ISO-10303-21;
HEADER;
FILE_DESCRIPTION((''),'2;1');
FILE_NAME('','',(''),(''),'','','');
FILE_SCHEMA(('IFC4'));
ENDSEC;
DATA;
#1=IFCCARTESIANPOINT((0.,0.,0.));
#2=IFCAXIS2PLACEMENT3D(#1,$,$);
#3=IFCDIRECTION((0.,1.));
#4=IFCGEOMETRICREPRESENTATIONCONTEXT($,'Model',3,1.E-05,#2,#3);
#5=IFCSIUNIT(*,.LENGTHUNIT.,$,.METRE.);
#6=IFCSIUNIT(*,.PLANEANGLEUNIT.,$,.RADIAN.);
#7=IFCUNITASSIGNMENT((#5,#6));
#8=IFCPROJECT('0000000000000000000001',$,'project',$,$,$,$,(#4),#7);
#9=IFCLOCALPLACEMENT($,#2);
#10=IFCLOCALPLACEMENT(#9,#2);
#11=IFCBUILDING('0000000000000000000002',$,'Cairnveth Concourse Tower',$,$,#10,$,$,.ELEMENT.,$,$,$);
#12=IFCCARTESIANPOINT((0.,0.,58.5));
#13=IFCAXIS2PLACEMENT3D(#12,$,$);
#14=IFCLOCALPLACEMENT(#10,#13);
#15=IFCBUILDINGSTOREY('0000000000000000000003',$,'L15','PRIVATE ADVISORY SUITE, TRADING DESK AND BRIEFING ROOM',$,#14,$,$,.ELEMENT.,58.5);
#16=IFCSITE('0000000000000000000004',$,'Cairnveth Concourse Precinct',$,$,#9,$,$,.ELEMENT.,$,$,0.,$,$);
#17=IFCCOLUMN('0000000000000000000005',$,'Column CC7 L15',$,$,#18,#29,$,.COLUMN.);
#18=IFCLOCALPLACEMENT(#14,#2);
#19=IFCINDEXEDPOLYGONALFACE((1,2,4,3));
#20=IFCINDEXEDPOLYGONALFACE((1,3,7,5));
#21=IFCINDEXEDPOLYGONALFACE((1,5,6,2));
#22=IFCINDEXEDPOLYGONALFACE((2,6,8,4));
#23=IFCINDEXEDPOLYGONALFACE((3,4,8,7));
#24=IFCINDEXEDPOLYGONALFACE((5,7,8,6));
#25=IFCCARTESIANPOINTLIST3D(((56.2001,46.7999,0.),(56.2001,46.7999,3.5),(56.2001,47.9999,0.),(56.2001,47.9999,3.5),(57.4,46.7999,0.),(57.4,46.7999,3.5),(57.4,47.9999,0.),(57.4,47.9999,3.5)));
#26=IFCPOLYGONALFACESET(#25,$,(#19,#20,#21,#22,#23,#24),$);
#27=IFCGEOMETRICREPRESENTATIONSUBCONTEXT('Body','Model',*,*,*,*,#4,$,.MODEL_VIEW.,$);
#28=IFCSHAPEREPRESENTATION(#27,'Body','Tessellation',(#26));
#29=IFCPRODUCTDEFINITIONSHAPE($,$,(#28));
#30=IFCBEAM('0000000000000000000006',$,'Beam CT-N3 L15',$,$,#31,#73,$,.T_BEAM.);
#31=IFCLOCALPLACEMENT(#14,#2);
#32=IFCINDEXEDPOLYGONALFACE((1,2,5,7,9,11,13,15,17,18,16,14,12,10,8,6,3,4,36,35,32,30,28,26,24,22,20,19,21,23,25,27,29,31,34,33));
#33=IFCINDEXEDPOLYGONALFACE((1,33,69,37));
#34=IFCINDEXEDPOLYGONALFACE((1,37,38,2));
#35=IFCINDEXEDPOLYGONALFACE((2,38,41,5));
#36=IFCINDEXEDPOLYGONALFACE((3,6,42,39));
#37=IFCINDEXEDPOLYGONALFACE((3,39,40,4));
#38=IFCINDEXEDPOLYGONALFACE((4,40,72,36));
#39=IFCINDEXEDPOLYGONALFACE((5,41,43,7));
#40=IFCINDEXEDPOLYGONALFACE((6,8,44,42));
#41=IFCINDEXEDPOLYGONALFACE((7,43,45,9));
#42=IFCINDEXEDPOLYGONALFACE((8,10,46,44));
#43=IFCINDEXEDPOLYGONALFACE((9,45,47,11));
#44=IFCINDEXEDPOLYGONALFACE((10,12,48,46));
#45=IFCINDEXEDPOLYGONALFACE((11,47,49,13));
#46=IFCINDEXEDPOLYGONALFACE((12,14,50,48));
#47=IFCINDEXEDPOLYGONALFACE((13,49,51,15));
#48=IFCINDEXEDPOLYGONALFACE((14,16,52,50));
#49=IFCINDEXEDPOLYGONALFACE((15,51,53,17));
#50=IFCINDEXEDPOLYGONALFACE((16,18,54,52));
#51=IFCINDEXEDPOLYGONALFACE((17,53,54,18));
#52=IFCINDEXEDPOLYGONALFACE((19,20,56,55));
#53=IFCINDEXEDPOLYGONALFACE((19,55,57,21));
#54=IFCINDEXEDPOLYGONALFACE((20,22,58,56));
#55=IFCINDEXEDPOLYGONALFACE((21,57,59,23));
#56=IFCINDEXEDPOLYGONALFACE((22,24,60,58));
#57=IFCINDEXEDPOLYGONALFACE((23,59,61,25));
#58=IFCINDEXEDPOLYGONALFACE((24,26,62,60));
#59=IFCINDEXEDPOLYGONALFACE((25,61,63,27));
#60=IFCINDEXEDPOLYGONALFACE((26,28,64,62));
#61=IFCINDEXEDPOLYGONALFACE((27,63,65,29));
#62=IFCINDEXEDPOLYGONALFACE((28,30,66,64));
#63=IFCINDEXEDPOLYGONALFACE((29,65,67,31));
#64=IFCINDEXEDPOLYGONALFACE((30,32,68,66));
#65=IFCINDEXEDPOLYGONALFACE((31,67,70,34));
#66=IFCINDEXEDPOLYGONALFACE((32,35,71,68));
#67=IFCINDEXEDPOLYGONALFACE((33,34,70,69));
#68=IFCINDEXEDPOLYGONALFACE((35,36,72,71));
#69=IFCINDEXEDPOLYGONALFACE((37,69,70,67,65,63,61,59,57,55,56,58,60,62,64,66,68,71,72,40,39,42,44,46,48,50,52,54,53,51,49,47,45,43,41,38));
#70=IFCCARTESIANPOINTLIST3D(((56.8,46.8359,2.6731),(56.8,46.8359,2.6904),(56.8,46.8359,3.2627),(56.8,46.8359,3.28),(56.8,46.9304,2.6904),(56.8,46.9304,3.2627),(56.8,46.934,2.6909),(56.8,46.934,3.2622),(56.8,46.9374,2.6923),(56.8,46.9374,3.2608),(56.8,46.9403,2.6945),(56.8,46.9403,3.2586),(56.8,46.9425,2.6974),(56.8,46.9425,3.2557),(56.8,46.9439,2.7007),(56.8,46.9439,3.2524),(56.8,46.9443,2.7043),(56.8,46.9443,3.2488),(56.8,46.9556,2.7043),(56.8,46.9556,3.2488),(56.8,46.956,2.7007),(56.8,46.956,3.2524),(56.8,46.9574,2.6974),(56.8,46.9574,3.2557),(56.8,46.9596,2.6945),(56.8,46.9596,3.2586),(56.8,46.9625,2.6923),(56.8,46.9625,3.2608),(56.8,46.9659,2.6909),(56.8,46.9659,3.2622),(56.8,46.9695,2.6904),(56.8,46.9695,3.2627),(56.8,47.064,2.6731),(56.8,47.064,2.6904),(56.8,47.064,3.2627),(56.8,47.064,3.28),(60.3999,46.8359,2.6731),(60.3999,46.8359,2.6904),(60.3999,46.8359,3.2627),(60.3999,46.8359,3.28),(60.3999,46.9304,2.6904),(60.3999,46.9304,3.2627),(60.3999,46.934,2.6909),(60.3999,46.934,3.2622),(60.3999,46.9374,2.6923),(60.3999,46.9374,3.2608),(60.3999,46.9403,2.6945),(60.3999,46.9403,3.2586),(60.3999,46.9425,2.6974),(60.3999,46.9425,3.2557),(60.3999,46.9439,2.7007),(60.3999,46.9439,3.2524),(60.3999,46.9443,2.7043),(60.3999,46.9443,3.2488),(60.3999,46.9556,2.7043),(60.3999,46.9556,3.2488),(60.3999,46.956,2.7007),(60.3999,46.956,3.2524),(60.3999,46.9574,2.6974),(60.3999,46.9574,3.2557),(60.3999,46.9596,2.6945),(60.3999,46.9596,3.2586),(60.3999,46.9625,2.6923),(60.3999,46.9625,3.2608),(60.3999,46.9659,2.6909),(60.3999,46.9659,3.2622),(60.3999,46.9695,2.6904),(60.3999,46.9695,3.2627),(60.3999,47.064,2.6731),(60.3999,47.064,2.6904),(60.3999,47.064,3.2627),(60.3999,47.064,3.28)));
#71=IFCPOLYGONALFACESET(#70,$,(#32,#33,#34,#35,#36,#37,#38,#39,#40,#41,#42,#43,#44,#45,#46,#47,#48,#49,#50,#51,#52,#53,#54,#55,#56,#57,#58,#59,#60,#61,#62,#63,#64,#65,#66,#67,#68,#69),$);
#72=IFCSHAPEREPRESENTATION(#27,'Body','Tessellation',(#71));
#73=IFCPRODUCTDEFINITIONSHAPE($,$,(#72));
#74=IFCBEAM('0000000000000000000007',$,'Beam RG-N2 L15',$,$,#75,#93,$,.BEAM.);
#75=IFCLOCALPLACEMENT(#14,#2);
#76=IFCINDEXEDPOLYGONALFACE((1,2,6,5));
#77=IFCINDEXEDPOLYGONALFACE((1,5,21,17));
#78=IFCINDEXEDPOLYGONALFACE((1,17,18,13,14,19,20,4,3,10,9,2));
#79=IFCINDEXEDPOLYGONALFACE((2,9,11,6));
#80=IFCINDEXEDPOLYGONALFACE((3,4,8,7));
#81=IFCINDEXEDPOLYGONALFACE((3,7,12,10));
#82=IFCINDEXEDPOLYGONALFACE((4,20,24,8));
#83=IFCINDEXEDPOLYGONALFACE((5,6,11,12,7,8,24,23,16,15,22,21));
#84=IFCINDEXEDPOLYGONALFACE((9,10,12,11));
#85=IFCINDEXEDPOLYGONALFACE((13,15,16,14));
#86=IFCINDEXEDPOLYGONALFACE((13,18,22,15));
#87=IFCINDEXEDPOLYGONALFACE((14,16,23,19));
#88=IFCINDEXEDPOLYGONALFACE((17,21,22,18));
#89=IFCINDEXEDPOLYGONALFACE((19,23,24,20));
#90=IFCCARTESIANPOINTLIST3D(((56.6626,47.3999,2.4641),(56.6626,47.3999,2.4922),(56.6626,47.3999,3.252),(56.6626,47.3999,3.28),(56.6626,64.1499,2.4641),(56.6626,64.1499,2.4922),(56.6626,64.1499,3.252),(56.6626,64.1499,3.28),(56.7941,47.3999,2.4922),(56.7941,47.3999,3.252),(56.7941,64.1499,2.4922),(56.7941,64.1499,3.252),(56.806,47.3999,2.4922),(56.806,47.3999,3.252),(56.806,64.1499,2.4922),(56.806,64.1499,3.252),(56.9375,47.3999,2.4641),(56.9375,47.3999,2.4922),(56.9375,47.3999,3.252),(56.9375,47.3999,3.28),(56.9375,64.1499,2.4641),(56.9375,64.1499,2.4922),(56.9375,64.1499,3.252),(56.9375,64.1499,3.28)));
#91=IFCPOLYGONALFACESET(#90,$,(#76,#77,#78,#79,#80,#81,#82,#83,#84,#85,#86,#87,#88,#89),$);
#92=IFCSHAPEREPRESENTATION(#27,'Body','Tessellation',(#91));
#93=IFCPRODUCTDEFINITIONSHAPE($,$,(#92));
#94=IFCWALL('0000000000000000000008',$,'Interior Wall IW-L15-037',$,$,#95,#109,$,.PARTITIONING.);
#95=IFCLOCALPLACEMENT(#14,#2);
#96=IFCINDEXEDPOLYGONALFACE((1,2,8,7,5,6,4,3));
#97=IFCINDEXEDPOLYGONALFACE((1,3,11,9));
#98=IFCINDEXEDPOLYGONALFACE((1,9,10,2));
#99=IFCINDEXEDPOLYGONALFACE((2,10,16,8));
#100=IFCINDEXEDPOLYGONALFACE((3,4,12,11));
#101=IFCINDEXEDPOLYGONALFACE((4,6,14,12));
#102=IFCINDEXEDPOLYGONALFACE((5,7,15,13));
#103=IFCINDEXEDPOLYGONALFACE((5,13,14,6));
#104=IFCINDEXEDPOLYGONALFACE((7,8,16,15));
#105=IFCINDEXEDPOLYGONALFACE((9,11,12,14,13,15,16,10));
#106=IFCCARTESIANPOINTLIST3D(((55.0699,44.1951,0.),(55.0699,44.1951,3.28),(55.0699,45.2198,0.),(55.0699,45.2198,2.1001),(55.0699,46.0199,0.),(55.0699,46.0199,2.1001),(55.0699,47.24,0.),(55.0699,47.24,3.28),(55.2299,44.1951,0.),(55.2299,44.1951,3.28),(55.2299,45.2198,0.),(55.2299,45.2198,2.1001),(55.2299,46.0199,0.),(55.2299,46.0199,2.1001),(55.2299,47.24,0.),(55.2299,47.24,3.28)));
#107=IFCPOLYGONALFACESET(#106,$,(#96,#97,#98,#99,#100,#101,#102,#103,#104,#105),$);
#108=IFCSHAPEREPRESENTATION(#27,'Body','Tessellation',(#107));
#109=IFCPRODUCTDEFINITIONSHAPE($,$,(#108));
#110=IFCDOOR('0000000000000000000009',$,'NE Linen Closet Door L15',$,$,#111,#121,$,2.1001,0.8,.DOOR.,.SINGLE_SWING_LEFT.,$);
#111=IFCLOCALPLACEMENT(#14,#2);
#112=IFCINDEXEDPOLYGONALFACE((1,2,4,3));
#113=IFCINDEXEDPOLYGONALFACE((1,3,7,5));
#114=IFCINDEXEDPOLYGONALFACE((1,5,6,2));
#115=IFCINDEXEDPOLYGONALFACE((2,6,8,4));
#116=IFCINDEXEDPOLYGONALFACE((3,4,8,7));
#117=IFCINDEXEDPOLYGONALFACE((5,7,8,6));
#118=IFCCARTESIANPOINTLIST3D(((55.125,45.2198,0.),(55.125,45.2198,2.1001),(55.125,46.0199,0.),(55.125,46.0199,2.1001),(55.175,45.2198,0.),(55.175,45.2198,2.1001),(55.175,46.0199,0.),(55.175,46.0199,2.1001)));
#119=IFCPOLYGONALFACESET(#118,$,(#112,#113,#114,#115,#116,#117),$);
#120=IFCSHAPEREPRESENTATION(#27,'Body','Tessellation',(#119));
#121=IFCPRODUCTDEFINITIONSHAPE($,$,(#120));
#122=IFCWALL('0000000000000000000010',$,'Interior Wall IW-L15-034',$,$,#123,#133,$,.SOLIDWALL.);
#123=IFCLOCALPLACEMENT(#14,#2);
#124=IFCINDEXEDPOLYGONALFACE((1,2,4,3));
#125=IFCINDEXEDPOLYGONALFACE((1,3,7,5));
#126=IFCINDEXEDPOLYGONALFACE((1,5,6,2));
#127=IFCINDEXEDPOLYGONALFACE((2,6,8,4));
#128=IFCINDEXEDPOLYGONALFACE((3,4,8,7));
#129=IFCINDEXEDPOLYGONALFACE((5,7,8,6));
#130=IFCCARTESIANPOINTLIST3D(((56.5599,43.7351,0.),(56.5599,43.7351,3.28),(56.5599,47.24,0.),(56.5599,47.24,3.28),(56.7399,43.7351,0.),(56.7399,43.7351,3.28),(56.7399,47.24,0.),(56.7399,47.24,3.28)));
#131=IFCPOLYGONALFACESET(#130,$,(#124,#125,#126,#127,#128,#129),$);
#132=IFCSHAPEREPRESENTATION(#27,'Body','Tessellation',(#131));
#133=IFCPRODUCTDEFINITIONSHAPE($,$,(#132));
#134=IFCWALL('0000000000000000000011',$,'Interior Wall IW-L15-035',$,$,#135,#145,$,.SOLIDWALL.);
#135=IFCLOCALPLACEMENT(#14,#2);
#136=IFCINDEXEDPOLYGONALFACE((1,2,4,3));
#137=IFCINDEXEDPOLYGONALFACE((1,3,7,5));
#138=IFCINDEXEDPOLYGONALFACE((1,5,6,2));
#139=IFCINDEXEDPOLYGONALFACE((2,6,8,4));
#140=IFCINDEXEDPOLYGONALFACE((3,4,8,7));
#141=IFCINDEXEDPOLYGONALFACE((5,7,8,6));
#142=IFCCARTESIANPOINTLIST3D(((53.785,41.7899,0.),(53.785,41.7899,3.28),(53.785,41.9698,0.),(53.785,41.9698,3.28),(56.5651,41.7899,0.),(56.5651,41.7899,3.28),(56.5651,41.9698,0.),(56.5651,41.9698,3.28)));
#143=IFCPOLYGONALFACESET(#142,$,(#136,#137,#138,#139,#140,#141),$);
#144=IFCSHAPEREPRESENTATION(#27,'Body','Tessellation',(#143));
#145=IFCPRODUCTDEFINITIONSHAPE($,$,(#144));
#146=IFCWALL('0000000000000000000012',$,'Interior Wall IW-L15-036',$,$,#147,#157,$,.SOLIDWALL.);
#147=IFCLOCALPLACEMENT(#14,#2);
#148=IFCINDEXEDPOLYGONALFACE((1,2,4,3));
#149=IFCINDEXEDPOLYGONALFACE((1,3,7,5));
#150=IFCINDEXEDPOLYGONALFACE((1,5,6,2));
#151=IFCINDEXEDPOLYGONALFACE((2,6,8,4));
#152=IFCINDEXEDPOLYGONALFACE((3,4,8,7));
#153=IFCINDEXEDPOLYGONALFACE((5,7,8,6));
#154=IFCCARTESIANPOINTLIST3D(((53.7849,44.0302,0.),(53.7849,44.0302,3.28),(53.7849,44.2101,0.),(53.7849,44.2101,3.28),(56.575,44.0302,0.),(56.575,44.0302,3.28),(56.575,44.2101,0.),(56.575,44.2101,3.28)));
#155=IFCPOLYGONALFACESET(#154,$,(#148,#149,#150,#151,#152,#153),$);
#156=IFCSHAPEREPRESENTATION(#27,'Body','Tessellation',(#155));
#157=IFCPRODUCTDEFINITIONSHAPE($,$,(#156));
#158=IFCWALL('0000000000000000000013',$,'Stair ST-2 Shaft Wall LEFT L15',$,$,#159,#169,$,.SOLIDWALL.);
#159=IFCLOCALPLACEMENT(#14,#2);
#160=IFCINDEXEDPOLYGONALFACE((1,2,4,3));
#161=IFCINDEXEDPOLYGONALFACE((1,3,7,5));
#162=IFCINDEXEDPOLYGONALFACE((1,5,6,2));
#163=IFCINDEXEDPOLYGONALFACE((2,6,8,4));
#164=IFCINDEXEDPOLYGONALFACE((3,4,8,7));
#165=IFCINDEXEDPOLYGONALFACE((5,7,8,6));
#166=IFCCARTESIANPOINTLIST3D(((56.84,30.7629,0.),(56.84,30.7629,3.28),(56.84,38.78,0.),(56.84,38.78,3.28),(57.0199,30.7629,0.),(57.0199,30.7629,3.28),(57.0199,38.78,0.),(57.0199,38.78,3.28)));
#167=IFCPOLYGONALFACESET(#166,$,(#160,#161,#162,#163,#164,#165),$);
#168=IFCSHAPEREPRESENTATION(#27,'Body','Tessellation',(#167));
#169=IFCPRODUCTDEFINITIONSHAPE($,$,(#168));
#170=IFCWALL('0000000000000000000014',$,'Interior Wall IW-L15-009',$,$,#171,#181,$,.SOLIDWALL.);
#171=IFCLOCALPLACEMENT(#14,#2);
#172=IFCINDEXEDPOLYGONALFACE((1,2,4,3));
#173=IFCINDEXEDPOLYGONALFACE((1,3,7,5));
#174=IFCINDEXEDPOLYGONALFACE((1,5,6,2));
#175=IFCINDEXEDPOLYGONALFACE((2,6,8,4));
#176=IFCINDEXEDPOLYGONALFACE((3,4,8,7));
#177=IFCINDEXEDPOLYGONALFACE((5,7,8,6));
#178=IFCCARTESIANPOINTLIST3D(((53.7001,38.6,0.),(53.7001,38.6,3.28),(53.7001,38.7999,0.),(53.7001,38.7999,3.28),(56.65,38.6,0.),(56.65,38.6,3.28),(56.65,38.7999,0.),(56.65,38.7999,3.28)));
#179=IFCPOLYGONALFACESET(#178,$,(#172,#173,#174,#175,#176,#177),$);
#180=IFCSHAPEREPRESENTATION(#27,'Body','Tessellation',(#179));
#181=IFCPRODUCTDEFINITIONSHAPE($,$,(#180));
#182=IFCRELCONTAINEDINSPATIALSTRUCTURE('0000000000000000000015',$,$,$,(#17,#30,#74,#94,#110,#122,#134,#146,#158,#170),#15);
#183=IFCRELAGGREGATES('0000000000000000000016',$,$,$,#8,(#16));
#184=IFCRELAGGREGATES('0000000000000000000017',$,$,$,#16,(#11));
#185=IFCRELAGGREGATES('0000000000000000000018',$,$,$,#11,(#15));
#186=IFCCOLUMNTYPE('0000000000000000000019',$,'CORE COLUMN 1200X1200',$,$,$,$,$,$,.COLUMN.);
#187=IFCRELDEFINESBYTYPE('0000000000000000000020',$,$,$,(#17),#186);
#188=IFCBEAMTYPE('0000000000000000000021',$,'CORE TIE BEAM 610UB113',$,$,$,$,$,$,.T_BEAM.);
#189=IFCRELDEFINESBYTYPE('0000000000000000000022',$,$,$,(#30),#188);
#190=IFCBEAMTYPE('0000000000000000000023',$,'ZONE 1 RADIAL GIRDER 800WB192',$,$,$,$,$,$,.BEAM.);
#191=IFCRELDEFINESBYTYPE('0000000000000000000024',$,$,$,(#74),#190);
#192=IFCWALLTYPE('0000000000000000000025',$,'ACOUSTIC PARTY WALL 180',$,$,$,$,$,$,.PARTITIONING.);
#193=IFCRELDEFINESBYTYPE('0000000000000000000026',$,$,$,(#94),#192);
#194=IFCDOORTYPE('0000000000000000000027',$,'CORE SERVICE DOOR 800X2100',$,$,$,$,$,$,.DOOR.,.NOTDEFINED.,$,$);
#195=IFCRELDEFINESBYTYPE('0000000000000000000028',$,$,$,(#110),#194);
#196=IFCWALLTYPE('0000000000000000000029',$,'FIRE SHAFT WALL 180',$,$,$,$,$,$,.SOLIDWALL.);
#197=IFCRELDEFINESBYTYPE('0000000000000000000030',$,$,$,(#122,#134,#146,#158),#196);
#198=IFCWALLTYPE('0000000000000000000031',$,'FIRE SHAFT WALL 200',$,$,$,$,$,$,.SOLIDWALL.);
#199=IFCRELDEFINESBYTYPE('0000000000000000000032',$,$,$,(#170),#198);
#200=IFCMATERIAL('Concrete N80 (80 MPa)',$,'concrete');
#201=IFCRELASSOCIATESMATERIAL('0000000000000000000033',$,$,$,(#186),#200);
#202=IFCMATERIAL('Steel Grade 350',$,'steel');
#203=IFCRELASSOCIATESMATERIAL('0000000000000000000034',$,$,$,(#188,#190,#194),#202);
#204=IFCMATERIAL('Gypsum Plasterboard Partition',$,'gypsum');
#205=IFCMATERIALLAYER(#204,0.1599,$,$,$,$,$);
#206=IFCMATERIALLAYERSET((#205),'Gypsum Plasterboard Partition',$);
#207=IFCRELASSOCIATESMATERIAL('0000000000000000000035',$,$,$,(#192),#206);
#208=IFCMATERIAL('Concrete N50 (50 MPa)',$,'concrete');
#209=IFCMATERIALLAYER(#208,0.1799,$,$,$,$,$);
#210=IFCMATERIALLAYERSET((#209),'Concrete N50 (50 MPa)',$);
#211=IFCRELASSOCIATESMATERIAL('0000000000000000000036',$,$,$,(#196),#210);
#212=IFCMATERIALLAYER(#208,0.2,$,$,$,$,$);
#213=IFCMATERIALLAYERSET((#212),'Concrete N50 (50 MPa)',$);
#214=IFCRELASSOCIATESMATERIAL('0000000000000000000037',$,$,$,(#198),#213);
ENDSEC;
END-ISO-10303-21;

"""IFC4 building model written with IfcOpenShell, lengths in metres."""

from ifc_helpers import new_model, si_unit, direction, frame, frame_2d, origin, origin_2d, place, context, subcontext, project, spatial, rectangle, i_section, extrude, material, layer, layer_set, material_profile, profile_set, type_object, element, fill, save


model = new_model("IFC4")

# Units and contexts
model_context = context("Model", 3, precision=1e-05, world=origin(), true_north=direction((0.0, 1.0)))
body_context = subcontext(model_context, "Body", "Model", "MODEL_VIEW")
ifc_project = project(units=[si_unit("LENGTHUNIT", "METRE"), si_unit("PLANEANGLEUNIT", "RADIAN")], contexts=[model_context])

# Site, building, storey
site_placement = place(None, origin())
site = spatial("IfcSite", under=ifc_project, at=site_placement, Name="Cairnveth Concourse Precinct", CompositionType="ELEMENT", RefElevation=0.0)
building_placement = place(site_placement, origin())
building = spatial("IfcBuilding", under=site, at=building_placement, Name="Cairnveth Concourse Tower", CompositionType="ELEMENT")
storey_placement = place(building_placement, frame((0.0, 0.0, 58.5)))
storey = spatial("IfcBuildingStorey", under=building, at=storey_placement, Name="L15", Description="PRIVATE ADVISORY SUITE, TRADING DESK AND BRIEFING ROOM", CompositionType="ELEMENT", Elevation=58.5)

# Column
ifc_material_1 = material(Name="Concrete N80 (80 MPa)", Category="concrete")
ifc_material_profile_1 = material_profile(ifc_material_1, rectangle(XDim=1.2, YDim=1.2, at=origin_2d()), Name="RC-COL-1200x1200")
ifc_profile_set_1 = profile_set([ifc_material_profile_1], Name="Concrete N80 (80 MPa)")
column_type = type_object("IfcColumnType", Name="CORE COLUMN 1200X1200", PredefinedType="COLUMN", material=ifc_profile_set_1)
column_placement = place(storey_placement, frame((56.8, 47.3999, 0.0), z_axis=(0.0, 0.0, 1.0), x_axis=(1.0, 0.0, 0.0)))
element("IfcColumn", 1, at=column_placement, inside=storey, type_object=column_type, Name="Column CC7 L15", PredefinedType="COLUMN", context=body_context, shape_type="SweptSolid", body=[
    extrude(rectangle(XDim=1.2, YDim=1.2, at=origin_2d()), origin(), (0.0, 0.0, 1.0), 3.5),
])

# Beams
ifc_material_2 = material(Name="Steel Grade 350", Category="steel")
ifc_material_profile_2 = material_profile(ifc_material_2, i_section(OverallWidth=0.228, OverallDepth=0.6069, WebThickness=0.0112, FlangeThickness=0.0173, FilletRadius=0.0139, at=origin_2d()), Name="610UB113")
ifc_profile_set_2 = profile_set([ifc_material_profile_2], Name="Steel Grade 350")
beam_type_1 = type_object("IfcBeamType", Name="CORE TIE BEAM 610UB113", PredefinedType="T_BEAM", material=ifc_profile_set_2)
beam_1_placement = place(storey_placement, frame((56.8, 46.95, 2.9766), z_axis=(1.0, 0.0, 0.0), x_axis=(0.0, 1.0, 0.0)))
element("IfcBeam", 2, at=beam_1_placement, inside=storey, type_object=beam_type_1, Name="Beam CT-N3 L15", PredefinedType="T_BEAM", context=body_context, shape_type="SweptSolid", body=[
    extrude(i_section(OverallWidth=0.228, OverallDepth=0.6069, WebThickness=0.0112, FlangeThickness=0.0173, FilletRadius=0.0139, at=origin_2d()), origin(), (0.0, 0.0, 1.0), 3.5999),
])
ifc_material_profile_3 = material_profile(ifc_material_2, i_section(OverallWidth=0.2749, OverallDepth=0.8159, WebThickness=0.012, FlangeThickness=0.0281, at=origin_2d()), Name="800WB192")
ifc_profile_set_3 = profile_set([ifc_material_profile_3], Name="Steel Grade 350")
beam_type_2 = type_object("IfcBeamType", Name="ZONE 1 RADIAL GIRDER 800WB192", PredefinedType="BEAM", material=ifc_profile_set_3)
beam_2_placement = place(storey_placement, frame((56.8, 47.3999, 2.8721), z_axis=(0.0, 1.0, 0.0), x_axis=(-1.0, 0.0, 0.0)))
element("IfcBeam", 3, at=beam_2_placement, inside=storey, type_object=beam_type_2, Name="Beam RG-N2 L15", PredefinedType="BEAM", context=body_context, shape_type="SweptSolid", body=[
    extrude(i_section(OverallWidth=0.2749, OverallDepth=0.8159, WebThickness=0.012, FlangeThickness=0.0281, at=origin_2d()), origin(), (0.0, 0.0, 1.0), 16.75),
])

# Wall, opening, door
ifc_material_3 = material(Name="Gypsum Plasterboard Partition", Category="gypsum")
ifc_layer_1 = layer(ifc_material_3, 0.1599)
ifc_layer_set_1 = layer_set([ifc_layer_1], Name="Gypsum Plasterboard Partition")
wall_type_1 = type_object("IfcWallType", Name="ACOUSTIC PARTY WALL 180", PredefinedType="PARTITIONING", material=ifc_layer_set_1)
wall_1_placement = place(storey_placement, frame((55.1499, 44.1951, 0.0), z_axis=(0.0, 0.0, 1.0), x_axis=(0.0, 1.0, 0.0)))
wall_1 = element("IfcWall", 4, at=wall_1_placement, inside=storey, type_object=wall_type_1, Name="Interior Wall IW-L15-037", PredefinedType="PARTITIONING", context=body_context, shape_type="SweptSolid", body=[
    extrude(rectangle(XDim=3.0449, YDim=0.1599, at=frame_2d((1.5225, 0.0))), origin(), (0.0, 0.0, 1.0), 3.28),
])
opening_1_placement = place(wall_1_placement, frame((1.0249, 0.0, 0.0)))
opening_1 = element("IfcOpeningElement", 5, at=opening_1_placement, cuts=wall_1, PredefinedType="OPENING", context=body_context, shape_type="SweptSolid", body=[
    extrude(rectangle(XDim=0.8, YDim=2.1001, at=frame_2d((0.3999, 1.05))), frame((0.0, 0.0898, 0.0), z_axis=(0.0, -1.0, 0.0), x_axis=(1.0, 0.0, 0.0)), (0.0, 0.0, 1.0), 0.1799),
])
door_type_1 = type_object("IfcDoorType", Name="CORE SERVICE DOOR 800X2100", OperationType="NOTDEFINED", PredefinedType="DOOR", material=ifc_material_2)
door_1_placement = place(opening_1_placement, origin())
door_1 = element("IfcDoor", 6, at=door_1_placement, inside=storey, type_object=door_type_1, Name="NE Linen Closet Door L15", OperationType="SINGLE_SWING_LEFT", OverallHeight=2.1001, OverallWidth=0.8, PredefinedType="DOOR", context=body_context, shape_type="SweptSolid", body=[
    extrude(rectangle(XDim=0.8, YDim=2.1001, at=frame_2d((0.3999, 1.05))), frame((0.0, 0.0249, 0.0), z_axis=(0.0, -1.0, 0.0), x_axis=(1.0, 0.0, 0.0)), (0.0, 0.0, 1.0), 0.05),
])
fill(opening_1, door_1)

# Walls
ifc_material_4 = material(Name="Concrete N50 (50 MPa)", Category="concrete")
ifc_layer_2 = layer(ifc_material_4, 0.1799)
ifc_layer_set_2 = layer_set([ifc_layer_2], Name="Concrete N50 (50 MPa)")
wall_type_2 = type_object("IfcWallType", Name="FIRE SHAFT WALL 180", PredefinedType="SOLIDWALL", material=ifc_layer_set_2)
wall_2_placement = place(storey_placement, frame((56.6499, 43.7351, 0.0), z_axis=(0.0, 0.0, 1.0), x_axis=(0.0, 1.0, 0.0)))
element("IfcWall", 7, at=wall_2_placement, inside=storey, type_object=wall_type_2, Name="Interior Wall IW-L15-034", PredefinedType="SOLIDWALL", context=body_context, shape_type="SweptSolid", body=[
    extrude(rectangle(XDim=3.5049, YDim=0.1799, at=frame_2d((1.7524, 0.0))), origin(), (0.0, 0.0, 1.0), 3.28),
])
wall_3_placement = place(storey_placement, frame((53.7849, 41.8799, 0.0), z_axis=(0.0, 0.0, 1.0), x_axis=(1.0, 0.0, 0.0)))
element("IfcWall", 8, at=wall_3_placement, inside=storey, type_object=wall_type_2, Name="Interior Wall IW-L15-035", PredefinedType="SOLIDWALL", context=body_context, shape_type="SweptSolid", body=[
    extrude(rectangle(XDim=2.78, YDim=0.1799, at=frame_2d((1.3901, 0.0))), origin(), (0.0, 0.0, 1.0), 3.28),
])
wall_4_placement = place(storey_placement, frame((53.7849, 44.1201, 0.0), z_axis=(0.0, 0.0, 1.0), x_axis=(1.0, 0.0, 0.0)))
element("IfcWall", 9, at=wall_4_placement, inside=storey, type_object=wall_type_2, Name="Interior Wall IW-L15-036", PredefinedType="SOLIDWALL", context=body_context, shape_type="SweptSolid", body=[
    extrude(rectangle(XDim=2.79, YDim=0.1799, at=frame_2d((1.395, 0.0))), origin(), (0.0, 0.0, 1.0), 3.28),
])
wall_5_placement = place(storey_placement, frame((56.9299, 38.78, 0.0), z_axis=(0.0, 0.0, 1.0), x_axis=(0.0, -1.0, 0.0)))
element("IfcWall", 10, at=wall_5_placement, inside=storey, type_object=wall_type_2, Name="Stair ST-2 Shaft Wall LEFT L15", PredefinedType="SOLIDWALL", context=body_context, shape_type="SweptSolid", body=[
    extrude(rectangle(XDim=8.0171, YDim=0.1799, at=frame_2d((4.0085, 0.0))), origin(), (0.0, 0.0, 1.0), 3.28),
])
ifc_layer_3 = layer(ifc_material_4, 0.2)
ifc_layer_set_3 = layer_set([ifc_layer_3], Name="Concrete N50 (50 MPa)")
wall_type_3 = type_object("IfcWallType", Name="FIRE SHAFT WALL 200", PredefinedType="SOLIDWALL", material=ifc_layer_set_3)
for number, where, z_axis, x_axis, name in (
    (11, (53.7, 38.7, 0.0), (0.0, 0.0, 1.0), (1.0, 0.0, 0.0), "Interior Wall IW-L15-009"),
):
    element("IfcWall", number, at=place(storey_placement, frame(where, z_axis=z_axis, x_axis=x_axis)), inside=storey, type_object=wall_type_3, Name=name, PredefinedType="SOLIDWALL", context=body_context, shape_type="SweptSolid", body=[
        extrude(rectangle(XDim=2.95, YDim=0.2, at=frame_2d((1.4751, 0.0))), origin(), (0.0, 0.0, 1.0), 3.28),
    ])

save(model, "model.ifc")
